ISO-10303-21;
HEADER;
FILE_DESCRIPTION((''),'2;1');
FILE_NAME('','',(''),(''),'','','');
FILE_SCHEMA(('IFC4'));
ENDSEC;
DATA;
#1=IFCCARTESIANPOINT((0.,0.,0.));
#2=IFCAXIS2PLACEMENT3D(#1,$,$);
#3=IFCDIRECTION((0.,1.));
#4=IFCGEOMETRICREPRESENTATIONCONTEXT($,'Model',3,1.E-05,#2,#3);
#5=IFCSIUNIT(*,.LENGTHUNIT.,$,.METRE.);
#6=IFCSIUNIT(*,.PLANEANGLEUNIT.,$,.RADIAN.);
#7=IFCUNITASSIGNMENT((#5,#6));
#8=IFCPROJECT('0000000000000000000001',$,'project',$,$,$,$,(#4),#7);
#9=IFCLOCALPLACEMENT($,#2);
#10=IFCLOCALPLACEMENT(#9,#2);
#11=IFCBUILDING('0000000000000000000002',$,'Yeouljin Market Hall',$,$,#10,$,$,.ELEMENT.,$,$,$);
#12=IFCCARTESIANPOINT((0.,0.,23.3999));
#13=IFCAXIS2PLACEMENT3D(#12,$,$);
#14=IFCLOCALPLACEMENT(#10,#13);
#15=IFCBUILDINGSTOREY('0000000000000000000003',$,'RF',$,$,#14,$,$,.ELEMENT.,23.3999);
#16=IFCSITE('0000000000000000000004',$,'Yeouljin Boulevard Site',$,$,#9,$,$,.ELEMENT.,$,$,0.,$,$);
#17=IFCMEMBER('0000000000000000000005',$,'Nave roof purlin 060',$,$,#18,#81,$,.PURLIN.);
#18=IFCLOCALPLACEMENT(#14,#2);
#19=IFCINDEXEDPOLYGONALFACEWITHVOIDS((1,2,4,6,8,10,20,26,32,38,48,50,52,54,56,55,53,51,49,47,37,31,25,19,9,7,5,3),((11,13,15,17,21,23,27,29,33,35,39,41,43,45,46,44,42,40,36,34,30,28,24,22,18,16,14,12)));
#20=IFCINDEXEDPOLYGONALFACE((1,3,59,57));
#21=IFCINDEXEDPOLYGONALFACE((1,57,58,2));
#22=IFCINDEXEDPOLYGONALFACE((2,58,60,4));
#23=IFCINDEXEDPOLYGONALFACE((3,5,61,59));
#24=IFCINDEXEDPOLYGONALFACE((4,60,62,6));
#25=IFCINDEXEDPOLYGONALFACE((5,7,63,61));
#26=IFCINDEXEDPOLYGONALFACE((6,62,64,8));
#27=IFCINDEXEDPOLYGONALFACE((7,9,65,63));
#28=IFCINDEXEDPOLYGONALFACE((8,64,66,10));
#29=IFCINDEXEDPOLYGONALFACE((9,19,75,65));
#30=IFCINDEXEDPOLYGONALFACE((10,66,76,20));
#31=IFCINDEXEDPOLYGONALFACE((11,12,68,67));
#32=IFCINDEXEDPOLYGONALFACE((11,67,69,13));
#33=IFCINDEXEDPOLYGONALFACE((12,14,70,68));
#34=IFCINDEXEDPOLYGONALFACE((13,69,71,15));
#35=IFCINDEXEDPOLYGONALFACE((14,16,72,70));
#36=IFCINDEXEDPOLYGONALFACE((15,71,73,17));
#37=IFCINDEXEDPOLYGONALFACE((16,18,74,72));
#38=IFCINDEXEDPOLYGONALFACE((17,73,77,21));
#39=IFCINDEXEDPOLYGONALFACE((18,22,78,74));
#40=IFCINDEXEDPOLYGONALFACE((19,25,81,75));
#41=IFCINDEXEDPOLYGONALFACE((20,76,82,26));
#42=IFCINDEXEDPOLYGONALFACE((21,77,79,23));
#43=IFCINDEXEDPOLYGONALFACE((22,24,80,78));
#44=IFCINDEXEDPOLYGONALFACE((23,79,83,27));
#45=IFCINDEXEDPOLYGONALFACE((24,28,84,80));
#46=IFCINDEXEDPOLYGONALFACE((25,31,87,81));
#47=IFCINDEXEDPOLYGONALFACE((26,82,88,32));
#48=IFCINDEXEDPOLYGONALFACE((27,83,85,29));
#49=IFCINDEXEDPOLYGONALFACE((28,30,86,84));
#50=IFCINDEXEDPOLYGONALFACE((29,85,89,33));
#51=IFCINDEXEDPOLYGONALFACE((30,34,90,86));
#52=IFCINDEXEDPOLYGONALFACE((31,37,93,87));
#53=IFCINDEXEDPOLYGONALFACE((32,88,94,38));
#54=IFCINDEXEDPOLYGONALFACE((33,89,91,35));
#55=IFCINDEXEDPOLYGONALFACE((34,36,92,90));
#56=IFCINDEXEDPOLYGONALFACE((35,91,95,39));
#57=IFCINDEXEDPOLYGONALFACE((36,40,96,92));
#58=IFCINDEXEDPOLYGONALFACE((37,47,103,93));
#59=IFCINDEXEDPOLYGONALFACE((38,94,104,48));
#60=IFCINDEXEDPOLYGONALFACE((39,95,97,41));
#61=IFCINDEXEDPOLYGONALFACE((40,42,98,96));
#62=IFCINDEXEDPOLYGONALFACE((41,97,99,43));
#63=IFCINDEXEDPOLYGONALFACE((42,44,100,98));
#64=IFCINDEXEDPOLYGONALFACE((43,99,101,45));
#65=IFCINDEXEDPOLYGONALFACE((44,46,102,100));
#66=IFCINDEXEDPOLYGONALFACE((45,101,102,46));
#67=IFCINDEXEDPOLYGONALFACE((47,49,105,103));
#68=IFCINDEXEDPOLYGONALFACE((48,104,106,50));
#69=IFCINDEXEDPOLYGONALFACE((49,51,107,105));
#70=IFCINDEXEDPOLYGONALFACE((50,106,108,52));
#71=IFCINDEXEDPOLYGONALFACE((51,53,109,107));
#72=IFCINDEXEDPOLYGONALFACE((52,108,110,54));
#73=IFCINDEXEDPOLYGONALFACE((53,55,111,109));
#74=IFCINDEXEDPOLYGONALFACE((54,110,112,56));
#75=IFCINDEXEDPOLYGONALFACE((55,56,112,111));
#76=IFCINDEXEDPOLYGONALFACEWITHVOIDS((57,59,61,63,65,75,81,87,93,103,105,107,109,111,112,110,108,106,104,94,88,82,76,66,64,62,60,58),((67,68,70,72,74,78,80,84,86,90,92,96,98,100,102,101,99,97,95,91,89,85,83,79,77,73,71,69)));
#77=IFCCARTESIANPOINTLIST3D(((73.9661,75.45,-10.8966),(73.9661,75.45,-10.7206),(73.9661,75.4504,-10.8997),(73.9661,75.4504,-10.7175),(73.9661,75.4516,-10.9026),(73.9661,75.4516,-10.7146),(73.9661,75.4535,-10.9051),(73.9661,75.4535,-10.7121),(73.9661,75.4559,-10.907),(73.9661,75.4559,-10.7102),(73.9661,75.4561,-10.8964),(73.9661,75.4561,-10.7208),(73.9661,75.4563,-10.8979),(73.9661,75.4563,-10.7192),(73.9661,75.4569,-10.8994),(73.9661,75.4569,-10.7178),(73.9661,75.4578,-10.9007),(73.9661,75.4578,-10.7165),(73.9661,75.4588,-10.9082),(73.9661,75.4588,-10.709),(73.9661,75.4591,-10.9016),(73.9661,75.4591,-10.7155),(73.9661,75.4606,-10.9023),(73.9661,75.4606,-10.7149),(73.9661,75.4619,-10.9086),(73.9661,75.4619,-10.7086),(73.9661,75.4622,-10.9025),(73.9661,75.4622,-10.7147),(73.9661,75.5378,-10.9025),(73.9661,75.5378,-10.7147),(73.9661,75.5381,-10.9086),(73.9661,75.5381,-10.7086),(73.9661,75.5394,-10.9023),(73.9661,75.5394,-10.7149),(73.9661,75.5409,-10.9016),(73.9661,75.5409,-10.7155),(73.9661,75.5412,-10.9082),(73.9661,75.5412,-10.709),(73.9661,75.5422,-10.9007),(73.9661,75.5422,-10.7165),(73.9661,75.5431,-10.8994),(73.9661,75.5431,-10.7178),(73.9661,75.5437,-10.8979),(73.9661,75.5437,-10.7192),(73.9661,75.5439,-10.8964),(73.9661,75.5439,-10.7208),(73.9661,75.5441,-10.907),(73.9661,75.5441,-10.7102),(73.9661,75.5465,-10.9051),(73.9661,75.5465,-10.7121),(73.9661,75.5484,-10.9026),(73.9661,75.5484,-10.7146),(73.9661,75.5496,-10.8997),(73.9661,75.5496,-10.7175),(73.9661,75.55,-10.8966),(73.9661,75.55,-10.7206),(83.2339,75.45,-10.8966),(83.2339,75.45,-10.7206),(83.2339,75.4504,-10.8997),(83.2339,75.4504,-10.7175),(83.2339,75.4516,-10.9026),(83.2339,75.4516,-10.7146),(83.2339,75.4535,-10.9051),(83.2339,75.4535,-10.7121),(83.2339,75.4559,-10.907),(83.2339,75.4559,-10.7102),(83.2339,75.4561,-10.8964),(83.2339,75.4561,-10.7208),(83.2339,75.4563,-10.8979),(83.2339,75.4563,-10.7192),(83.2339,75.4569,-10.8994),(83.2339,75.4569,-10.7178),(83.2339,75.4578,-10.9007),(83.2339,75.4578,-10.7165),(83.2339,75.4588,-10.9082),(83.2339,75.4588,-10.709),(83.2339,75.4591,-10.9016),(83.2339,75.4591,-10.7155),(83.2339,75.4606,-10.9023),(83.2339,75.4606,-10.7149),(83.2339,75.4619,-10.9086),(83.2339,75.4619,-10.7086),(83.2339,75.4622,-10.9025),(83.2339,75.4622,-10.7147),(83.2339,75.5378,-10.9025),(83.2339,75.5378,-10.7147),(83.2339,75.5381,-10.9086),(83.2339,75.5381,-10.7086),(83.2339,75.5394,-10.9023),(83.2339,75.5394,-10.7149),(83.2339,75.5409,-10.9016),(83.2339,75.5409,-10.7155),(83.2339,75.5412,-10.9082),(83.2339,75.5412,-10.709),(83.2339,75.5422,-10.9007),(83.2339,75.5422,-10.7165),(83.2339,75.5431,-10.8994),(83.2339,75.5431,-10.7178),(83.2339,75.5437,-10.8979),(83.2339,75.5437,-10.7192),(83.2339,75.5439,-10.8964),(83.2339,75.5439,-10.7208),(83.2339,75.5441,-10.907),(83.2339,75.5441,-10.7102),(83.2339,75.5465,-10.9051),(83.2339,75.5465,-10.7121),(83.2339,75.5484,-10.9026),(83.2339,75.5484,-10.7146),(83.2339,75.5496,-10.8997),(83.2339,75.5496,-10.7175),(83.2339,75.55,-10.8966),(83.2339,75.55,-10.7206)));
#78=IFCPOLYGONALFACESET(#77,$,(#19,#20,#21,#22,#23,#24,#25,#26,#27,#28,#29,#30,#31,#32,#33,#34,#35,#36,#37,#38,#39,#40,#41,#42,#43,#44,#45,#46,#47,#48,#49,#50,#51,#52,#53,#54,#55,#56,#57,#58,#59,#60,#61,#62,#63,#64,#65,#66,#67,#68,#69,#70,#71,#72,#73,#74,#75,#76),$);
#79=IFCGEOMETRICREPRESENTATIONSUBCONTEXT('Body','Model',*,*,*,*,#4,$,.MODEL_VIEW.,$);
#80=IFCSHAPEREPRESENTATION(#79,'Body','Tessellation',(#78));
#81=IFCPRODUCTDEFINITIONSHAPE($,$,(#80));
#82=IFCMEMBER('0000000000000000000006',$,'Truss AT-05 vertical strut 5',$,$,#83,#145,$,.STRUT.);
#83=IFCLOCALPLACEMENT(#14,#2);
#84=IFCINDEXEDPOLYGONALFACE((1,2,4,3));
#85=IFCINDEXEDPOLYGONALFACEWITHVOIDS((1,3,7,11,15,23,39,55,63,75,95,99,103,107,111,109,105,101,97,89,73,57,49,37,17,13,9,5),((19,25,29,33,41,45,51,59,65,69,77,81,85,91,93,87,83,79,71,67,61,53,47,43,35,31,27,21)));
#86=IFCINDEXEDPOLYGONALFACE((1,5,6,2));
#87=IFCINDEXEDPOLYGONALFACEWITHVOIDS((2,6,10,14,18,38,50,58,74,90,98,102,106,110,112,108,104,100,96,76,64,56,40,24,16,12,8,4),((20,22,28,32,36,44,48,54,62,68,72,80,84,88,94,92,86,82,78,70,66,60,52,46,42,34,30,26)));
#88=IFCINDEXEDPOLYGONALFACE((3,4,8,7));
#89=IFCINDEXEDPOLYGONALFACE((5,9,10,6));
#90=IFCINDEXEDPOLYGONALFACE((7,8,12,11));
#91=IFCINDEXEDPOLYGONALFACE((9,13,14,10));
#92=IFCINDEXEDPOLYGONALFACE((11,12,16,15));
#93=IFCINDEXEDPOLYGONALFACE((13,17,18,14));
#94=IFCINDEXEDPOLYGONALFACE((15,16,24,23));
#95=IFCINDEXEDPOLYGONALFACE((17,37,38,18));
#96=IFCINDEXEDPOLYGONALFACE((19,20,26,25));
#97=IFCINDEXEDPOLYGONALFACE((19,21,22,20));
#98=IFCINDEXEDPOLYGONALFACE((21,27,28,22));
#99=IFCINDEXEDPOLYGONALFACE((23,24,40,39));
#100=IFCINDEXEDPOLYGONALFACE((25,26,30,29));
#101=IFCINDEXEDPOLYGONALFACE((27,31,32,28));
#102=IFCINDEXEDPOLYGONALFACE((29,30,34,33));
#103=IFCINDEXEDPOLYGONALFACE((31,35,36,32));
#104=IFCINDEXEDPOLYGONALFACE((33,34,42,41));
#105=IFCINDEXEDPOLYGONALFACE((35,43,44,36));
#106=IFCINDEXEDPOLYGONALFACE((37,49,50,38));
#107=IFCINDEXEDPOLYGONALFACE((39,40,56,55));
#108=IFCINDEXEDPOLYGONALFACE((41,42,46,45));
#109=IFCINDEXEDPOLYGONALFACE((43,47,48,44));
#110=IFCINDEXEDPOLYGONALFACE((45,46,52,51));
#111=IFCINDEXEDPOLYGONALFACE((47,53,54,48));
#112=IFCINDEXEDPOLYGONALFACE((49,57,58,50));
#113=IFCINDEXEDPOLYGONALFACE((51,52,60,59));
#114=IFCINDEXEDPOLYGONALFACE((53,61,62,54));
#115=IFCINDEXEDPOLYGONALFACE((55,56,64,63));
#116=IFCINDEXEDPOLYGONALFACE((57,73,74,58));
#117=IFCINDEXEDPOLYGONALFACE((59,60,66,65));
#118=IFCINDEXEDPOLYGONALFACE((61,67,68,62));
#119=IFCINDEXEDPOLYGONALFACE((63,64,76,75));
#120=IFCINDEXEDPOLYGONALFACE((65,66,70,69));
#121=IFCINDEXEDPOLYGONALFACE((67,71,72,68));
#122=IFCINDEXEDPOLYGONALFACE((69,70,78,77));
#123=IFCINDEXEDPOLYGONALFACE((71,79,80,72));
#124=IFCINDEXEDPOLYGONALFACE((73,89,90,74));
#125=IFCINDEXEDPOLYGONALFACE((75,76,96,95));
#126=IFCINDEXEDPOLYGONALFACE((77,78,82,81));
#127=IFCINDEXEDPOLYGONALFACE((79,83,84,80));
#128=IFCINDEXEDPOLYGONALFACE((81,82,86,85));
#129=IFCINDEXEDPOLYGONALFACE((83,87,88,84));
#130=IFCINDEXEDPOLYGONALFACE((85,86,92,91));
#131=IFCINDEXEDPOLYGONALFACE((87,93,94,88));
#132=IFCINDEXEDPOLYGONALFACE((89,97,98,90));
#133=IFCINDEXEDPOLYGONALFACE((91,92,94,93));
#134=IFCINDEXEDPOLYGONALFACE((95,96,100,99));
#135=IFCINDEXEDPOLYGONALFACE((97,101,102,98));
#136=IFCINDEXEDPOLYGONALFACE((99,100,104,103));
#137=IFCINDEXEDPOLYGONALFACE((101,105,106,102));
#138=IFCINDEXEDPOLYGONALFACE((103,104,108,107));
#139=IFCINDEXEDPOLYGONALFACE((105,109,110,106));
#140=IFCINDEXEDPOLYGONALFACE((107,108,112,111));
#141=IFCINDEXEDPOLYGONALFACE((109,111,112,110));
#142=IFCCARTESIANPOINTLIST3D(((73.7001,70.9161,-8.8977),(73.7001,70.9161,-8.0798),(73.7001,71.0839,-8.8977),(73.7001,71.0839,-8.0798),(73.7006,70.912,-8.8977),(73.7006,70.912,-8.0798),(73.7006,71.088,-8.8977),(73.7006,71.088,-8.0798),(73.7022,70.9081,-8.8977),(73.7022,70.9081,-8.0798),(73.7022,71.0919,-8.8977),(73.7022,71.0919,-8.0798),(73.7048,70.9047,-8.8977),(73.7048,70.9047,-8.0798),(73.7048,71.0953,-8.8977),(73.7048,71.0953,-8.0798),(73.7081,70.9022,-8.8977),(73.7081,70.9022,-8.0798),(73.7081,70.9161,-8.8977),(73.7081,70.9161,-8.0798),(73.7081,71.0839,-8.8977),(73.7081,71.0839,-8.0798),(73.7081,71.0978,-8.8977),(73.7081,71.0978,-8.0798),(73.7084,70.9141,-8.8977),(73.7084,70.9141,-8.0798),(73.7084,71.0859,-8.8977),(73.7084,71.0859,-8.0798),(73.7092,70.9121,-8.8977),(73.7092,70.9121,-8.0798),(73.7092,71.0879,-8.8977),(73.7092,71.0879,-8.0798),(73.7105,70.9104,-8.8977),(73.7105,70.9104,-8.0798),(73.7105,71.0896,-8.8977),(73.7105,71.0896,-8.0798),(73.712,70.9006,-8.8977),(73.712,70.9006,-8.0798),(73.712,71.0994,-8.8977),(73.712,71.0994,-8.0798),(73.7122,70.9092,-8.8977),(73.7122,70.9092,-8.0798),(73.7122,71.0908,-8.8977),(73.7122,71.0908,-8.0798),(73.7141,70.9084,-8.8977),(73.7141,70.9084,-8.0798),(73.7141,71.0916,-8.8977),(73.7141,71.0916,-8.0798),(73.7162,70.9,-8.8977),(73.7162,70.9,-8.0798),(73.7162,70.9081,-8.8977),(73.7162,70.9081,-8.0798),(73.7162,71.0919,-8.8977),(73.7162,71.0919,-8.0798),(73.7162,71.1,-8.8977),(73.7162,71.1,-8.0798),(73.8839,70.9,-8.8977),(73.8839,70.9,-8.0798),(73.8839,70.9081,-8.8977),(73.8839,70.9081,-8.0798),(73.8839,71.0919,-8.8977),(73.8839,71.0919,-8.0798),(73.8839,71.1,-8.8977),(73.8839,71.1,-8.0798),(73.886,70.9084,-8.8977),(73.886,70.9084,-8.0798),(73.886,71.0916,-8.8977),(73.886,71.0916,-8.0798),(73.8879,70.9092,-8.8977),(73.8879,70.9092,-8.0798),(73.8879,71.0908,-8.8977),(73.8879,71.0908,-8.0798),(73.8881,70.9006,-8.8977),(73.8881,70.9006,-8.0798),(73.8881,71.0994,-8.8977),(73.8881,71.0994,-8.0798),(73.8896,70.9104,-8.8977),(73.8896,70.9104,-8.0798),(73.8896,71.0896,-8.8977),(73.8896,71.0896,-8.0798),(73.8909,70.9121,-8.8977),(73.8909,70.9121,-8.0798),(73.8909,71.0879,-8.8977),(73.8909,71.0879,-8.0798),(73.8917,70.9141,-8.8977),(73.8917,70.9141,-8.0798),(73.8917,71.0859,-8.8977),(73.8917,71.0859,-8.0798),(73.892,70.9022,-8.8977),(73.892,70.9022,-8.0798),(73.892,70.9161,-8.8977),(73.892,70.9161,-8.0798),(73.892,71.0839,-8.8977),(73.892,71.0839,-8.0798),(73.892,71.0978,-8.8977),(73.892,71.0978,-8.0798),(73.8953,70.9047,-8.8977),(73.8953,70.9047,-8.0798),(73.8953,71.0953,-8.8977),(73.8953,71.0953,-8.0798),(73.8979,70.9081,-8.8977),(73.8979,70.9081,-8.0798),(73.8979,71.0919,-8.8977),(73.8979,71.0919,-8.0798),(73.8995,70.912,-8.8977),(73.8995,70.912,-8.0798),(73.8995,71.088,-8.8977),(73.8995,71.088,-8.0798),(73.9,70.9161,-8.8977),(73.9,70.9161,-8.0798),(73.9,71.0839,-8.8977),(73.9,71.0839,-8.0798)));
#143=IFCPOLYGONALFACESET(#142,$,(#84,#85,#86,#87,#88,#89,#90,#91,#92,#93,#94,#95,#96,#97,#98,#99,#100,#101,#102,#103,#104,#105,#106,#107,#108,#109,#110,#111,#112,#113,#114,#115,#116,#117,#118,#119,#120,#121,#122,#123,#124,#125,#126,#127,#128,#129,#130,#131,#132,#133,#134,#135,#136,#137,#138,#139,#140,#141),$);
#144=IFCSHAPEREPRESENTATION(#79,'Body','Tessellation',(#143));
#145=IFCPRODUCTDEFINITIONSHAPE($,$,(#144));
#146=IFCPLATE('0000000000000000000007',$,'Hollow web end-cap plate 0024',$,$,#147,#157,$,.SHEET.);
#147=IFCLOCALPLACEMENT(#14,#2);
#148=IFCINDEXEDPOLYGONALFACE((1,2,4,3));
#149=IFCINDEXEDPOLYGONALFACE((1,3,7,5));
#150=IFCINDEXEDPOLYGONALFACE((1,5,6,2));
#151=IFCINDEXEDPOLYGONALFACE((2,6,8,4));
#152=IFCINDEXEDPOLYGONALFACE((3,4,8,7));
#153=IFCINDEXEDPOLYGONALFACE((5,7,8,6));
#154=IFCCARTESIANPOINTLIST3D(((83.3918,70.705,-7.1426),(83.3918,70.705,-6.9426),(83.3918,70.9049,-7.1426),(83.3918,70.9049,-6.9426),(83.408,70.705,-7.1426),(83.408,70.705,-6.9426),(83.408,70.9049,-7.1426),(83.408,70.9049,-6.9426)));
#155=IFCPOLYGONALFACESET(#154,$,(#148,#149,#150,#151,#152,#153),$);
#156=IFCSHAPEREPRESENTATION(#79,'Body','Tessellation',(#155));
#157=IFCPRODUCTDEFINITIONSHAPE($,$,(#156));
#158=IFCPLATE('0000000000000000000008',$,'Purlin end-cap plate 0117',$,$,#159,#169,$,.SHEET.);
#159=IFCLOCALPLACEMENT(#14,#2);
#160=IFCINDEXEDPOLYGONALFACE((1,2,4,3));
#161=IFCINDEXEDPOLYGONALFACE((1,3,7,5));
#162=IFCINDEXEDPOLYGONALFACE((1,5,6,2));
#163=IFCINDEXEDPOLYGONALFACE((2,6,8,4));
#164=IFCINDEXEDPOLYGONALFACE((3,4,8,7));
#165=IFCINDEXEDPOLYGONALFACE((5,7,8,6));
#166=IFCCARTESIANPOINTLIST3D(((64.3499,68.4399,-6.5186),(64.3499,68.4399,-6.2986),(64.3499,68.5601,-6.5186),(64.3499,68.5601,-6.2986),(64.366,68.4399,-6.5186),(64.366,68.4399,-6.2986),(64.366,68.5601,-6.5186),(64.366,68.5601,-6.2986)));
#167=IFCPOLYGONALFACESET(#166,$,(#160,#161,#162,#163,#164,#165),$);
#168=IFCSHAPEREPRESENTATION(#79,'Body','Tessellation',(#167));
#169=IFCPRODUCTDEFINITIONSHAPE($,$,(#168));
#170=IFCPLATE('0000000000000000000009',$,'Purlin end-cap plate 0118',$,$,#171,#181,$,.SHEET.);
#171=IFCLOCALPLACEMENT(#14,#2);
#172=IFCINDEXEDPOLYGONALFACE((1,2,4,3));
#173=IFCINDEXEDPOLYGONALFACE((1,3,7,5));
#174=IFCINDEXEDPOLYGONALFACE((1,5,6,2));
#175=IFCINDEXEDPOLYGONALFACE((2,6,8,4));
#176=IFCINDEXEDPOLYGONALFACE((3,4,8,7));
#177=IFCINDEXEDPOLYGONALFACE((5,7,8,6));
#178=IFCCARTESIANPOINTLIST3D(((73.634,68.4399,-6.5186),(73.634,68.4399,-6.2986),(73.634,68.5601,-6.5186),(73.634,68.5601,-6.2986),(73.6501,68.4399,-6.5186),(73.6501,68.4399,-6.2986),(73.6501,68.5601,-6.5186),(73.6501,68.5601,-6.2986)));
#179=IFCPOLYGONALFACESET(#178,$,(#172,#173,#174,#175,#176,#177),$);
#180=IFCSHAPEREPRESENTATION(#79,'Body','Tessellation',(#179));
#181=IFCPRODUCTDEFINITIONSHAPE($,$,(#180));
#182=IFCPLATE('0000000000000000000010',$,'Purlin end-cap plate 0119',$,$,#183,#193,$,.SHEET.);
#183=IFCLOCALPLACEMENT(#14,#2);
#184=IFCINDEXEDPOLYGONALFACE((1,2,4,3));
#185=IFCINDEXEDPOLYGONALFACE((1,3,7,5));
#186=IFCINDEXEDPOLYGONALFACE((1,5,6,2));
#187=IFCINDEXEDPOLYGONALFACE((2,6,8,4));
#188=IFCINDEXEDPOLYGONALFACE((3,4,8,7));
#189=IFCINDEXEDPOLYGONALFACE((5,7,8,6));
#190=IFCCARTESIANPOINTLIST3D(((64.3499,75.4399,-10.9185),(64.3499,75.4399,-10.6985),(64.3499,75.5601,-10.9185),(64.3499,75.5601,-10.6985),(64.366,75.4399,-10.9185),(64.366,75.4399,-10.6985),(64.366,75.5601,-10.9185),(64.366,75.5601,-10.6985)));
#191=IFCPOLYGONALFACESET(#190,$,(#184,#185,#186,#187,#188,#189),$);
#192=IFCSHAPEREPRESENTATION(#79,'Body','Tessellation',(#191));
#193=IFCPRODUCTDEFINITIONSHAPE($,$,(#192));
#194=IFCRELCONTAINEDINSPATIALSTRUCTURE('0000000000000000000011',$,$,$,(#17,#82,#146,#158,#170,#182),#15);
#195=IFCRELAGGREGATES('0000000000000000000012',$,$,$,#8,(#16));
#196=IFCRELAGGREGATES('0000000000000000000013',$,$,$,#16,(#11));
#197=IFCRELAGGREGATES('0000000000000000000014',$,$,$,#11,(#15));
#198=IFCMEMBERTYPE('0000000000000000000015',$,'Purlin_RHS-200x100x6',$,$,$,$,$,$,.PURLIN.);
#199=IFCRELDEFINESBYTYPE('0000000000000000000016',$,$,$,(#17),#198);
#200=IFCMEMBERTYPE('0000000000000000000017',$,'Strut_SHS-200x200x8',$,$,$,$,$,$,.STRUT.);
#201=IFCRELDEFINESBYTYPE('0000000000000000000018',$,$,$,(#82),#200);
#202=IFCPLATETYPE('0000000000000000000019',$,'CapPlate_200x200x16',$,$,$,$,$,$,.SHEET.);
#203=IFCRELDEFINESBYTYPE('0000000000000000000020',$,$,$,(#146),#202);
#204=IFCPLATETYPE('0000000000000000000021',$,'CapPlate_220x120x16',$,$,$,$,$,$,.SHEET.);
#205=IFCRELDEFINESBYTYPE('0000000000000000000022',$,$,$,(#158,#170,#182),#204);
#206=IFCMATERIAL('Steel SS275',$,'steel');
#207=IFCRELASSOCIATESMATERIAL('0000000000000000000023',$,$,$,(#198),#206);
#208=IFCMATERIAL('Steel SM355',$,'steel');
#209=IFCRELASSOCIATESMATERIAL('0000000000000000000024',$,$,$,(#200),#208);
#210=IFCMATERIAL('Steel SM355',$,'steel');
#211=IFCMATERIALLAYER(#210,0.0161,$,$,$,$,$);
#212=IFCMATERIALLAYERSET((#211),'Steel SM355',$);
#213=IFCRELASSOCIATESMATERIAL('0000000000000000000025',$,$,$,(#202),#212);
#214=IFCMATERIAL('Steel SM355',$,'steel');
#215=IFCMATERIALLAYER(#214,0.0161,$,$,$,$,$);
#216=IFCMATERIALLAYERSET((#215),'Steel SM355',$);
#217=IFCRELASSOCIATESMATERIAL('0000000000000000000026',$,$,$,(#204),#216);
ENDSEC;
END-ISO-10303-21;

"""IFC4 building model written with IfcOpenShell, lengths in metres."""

from ifc_helpers import new_model, si_unit, direction, frame, origin, origin_2d, place, context, subcontext, project, spatial, rectangle, hollow_rectangle, extrude, material, layer, layer_set, material_profile, profile_set, type_object, element, save


model = new_model("IFC4")

# Units and contexts
model_context = context("Model", 3, precision=1e-05, world=origin(), true_north=direction((0.0, 1.0)))
body_context = subcontext(model_context, "Body", "Model", "MODEL_VIEW")
ifc_project = project(units=[si_unit("LENGTHUNIT", "METRE"), si_unit("PLANEANGLEUNIT", "RADIAN")], contexts=[model_context])

# Site, building, storey
site_placement = place(None, origin())
site = spatial("IfcSite", under=ifc_project, at=site_placement, Name="Yeouljin Boulevard Site", CompositionType="ELEMENT", RefElevation=0.0)
building_placement = place(site_placement, origin())
building = spatial("IfcBuilding", under=site, at=building_placement, Name="Yeouljin Market Hall", CompositionType="ELEMENT")
storey_placement = place(building_placement, frame((0.0, 0.0, 23.3999)))
storey = spatial("IfcBuildingStorey", under=building, at=storey_placement, Name="RF", CompositionType="ELEMENT", Elevation=23.3999)

# Members
ifc_material_1 = material(Name="Steel SS275", Category="steel")
ifc_material_profile_1 = material_profile(ifc_material_1, hollow_rectangle(XDim=0.1001, YDim=0.2, WallThickness=0.0061, InnerFilletRadius=0.0061, OuterFilletRadius=0.012, at=origin_2d()), Name="RHS-200x100x6")
ifc_profile_set_1 = profile_set([ifc_material_profile_1], Name="Steel SS275")
member_type_1 = type_object("IfcMemberType", Name="Purlin_RHS-200x100x6", PredefinedType="PURLIN", material=ifc_profile_set_1)
for number, where, z_axis, x_axis, name in (
    (1, (73.9661, 75.5, -10.8086), (1.0, 0.0, 0.0), (0.0, 1.0, 0.0), "Nave roof purlin 060"),
):
    element("IfcMember", number, at=place(storey_placement, frame(where, z_axis=z_axis, x_axis=x_axis)), inside=storey, type_object=member_type_1, Name=name, PredefinedType="PURLIN", context=body_context, shape_type="SweptSolid", body=[
        extrude(hollow_rectangle(XDim=0.1001, YDim=0.2, WallThickness=0.0061, InnerFilletRadius=0.0061, OuterFilletRadius=0.012, at=origin_2d()), origin(), (0.0, 0.0, 1.0), 9.2678),
    ])
ifc_material_2 = material(Name="Steel SM355", Category="steel")
ifc_material_profile_2 = material_profile(ifc_material_2, hollow_rectangle(XDim=0.2, YDim=0.2, WallThickness=0.0081, InnerFilletRadius=0.0081, OuterFilletRadius=0.0161, at=origin_2d()), Name="SHS-200x200x8")
ifc_profile_set_2 = profile_set([ifc_material_profile_2], Name="Steel SM355")
member_type_2 = type_object("IfcMemberType", Name="Strut_SHS-200x200x8", PredefinedType="STRUT", material=ifc_profile_set_2)
member_1_placement = place(storey_placement, frame((73.8, 71.0, -8.8977), z_axis=(0.0, 0.0, 1.0), x_axis=(1.0, 0.0, 0.0)))
element("IfcMember", 2, at=member_1_placement, inside=storey, type_object=member_type_2, Name="Truss AT-05 vertical strut 5", PredefinedType="STRUT", context=body_context, shape_type="SweptSolid", body=[
    extrude(hollow_rectangle(XDim=0.2, YDim=0.2, WallThickness=0.0081, InnerFilletRadius=0.0081, OuterFilletRadius=0.0161, at=origin_2d()), origin(), (0.0, 0.0, 1.0), 0.8179),
])

# Plates
ifc_material_3 = material(Name="Steel SM355", Category="steel")
ifc_layer_1 = layer(ifc_material_3, 0.0161)
ifc_layer_set_1 = layer_set([ifc_layer_1], Name="Steel SM355")
plate_type_1 = type_object("IfcPlateType", Name="CapPlate_200x200x16", PredefinedType="SHEET", material=ifc_layer_set_1)
plate_1_placement = place(storey_placement, frame((83.3999, 70.8049, -7.1426), z_axis=(0.0, 0.0, 1.0), x_axis=(0.0, 1.0, 0.0)))
element("IfcPlate", 3, at=plate_1_placement, inside=storey, type_object=plate_type_1, Name="Hollow web end-cap plate 0024", PredefinedType="SHEET", context=body_context, shape_type="SweptSolid", body=[
    extrude(rectangle(XDim=0.2, YDim=0.0161, at=origin_2d()), origin(), (0.0, 0.0, 1.0), 0.2),
])
ifc_material_4 = material(Name="Steel SM355", Category="steel")
ifc_layer_2 = layer(ifc_material_4, 0.0161)
ifc_layer_set_2 = layer_set([ifc_layer_2], Name="Steel SM355")
plate_type_2 = type_object("IfcPlateType", Name="CapPlate_220x120x16", PredefinedType="SHEET", material=ifc_layer_set_2)
for number, where, z_axis, x_axis, name in (
    (4, (64.3579, 68.5, -6.5186), (0.0, 0.0, 1.0), (0.0, 1.0, 0.0), "Purlin end-cap plate 0117"),
    (5, (73.6421, 68.5, -6.5186), (0.0, 0.0, 1.0), (0.0, 1.0, 0.0), "Purlin end-cap plate 0118"),
    (6, (64.3579, 75.5, -10.9185), (0.0, 0.0, 1.0), (0.0, 1.0, 0.0), "Purlin end-cap plate 0119"),
):
    element("IfcPlate", number, at=place(storey_placement, frame(where, z_axis=z_axis, x_axis=x_axis)), inside=storey, type_object=plate_type_2, Name=name, PredefinedType="SHEET", context=body_context, shape_type="SweptSolid", body=[
        extrude(rectangle(XDim=0.1201, YDim=0.0161, at=origin_2d()), origin(), (0.0, 0.0, 1.0), 0.22),
    ])

save(model, "model.ifc")
